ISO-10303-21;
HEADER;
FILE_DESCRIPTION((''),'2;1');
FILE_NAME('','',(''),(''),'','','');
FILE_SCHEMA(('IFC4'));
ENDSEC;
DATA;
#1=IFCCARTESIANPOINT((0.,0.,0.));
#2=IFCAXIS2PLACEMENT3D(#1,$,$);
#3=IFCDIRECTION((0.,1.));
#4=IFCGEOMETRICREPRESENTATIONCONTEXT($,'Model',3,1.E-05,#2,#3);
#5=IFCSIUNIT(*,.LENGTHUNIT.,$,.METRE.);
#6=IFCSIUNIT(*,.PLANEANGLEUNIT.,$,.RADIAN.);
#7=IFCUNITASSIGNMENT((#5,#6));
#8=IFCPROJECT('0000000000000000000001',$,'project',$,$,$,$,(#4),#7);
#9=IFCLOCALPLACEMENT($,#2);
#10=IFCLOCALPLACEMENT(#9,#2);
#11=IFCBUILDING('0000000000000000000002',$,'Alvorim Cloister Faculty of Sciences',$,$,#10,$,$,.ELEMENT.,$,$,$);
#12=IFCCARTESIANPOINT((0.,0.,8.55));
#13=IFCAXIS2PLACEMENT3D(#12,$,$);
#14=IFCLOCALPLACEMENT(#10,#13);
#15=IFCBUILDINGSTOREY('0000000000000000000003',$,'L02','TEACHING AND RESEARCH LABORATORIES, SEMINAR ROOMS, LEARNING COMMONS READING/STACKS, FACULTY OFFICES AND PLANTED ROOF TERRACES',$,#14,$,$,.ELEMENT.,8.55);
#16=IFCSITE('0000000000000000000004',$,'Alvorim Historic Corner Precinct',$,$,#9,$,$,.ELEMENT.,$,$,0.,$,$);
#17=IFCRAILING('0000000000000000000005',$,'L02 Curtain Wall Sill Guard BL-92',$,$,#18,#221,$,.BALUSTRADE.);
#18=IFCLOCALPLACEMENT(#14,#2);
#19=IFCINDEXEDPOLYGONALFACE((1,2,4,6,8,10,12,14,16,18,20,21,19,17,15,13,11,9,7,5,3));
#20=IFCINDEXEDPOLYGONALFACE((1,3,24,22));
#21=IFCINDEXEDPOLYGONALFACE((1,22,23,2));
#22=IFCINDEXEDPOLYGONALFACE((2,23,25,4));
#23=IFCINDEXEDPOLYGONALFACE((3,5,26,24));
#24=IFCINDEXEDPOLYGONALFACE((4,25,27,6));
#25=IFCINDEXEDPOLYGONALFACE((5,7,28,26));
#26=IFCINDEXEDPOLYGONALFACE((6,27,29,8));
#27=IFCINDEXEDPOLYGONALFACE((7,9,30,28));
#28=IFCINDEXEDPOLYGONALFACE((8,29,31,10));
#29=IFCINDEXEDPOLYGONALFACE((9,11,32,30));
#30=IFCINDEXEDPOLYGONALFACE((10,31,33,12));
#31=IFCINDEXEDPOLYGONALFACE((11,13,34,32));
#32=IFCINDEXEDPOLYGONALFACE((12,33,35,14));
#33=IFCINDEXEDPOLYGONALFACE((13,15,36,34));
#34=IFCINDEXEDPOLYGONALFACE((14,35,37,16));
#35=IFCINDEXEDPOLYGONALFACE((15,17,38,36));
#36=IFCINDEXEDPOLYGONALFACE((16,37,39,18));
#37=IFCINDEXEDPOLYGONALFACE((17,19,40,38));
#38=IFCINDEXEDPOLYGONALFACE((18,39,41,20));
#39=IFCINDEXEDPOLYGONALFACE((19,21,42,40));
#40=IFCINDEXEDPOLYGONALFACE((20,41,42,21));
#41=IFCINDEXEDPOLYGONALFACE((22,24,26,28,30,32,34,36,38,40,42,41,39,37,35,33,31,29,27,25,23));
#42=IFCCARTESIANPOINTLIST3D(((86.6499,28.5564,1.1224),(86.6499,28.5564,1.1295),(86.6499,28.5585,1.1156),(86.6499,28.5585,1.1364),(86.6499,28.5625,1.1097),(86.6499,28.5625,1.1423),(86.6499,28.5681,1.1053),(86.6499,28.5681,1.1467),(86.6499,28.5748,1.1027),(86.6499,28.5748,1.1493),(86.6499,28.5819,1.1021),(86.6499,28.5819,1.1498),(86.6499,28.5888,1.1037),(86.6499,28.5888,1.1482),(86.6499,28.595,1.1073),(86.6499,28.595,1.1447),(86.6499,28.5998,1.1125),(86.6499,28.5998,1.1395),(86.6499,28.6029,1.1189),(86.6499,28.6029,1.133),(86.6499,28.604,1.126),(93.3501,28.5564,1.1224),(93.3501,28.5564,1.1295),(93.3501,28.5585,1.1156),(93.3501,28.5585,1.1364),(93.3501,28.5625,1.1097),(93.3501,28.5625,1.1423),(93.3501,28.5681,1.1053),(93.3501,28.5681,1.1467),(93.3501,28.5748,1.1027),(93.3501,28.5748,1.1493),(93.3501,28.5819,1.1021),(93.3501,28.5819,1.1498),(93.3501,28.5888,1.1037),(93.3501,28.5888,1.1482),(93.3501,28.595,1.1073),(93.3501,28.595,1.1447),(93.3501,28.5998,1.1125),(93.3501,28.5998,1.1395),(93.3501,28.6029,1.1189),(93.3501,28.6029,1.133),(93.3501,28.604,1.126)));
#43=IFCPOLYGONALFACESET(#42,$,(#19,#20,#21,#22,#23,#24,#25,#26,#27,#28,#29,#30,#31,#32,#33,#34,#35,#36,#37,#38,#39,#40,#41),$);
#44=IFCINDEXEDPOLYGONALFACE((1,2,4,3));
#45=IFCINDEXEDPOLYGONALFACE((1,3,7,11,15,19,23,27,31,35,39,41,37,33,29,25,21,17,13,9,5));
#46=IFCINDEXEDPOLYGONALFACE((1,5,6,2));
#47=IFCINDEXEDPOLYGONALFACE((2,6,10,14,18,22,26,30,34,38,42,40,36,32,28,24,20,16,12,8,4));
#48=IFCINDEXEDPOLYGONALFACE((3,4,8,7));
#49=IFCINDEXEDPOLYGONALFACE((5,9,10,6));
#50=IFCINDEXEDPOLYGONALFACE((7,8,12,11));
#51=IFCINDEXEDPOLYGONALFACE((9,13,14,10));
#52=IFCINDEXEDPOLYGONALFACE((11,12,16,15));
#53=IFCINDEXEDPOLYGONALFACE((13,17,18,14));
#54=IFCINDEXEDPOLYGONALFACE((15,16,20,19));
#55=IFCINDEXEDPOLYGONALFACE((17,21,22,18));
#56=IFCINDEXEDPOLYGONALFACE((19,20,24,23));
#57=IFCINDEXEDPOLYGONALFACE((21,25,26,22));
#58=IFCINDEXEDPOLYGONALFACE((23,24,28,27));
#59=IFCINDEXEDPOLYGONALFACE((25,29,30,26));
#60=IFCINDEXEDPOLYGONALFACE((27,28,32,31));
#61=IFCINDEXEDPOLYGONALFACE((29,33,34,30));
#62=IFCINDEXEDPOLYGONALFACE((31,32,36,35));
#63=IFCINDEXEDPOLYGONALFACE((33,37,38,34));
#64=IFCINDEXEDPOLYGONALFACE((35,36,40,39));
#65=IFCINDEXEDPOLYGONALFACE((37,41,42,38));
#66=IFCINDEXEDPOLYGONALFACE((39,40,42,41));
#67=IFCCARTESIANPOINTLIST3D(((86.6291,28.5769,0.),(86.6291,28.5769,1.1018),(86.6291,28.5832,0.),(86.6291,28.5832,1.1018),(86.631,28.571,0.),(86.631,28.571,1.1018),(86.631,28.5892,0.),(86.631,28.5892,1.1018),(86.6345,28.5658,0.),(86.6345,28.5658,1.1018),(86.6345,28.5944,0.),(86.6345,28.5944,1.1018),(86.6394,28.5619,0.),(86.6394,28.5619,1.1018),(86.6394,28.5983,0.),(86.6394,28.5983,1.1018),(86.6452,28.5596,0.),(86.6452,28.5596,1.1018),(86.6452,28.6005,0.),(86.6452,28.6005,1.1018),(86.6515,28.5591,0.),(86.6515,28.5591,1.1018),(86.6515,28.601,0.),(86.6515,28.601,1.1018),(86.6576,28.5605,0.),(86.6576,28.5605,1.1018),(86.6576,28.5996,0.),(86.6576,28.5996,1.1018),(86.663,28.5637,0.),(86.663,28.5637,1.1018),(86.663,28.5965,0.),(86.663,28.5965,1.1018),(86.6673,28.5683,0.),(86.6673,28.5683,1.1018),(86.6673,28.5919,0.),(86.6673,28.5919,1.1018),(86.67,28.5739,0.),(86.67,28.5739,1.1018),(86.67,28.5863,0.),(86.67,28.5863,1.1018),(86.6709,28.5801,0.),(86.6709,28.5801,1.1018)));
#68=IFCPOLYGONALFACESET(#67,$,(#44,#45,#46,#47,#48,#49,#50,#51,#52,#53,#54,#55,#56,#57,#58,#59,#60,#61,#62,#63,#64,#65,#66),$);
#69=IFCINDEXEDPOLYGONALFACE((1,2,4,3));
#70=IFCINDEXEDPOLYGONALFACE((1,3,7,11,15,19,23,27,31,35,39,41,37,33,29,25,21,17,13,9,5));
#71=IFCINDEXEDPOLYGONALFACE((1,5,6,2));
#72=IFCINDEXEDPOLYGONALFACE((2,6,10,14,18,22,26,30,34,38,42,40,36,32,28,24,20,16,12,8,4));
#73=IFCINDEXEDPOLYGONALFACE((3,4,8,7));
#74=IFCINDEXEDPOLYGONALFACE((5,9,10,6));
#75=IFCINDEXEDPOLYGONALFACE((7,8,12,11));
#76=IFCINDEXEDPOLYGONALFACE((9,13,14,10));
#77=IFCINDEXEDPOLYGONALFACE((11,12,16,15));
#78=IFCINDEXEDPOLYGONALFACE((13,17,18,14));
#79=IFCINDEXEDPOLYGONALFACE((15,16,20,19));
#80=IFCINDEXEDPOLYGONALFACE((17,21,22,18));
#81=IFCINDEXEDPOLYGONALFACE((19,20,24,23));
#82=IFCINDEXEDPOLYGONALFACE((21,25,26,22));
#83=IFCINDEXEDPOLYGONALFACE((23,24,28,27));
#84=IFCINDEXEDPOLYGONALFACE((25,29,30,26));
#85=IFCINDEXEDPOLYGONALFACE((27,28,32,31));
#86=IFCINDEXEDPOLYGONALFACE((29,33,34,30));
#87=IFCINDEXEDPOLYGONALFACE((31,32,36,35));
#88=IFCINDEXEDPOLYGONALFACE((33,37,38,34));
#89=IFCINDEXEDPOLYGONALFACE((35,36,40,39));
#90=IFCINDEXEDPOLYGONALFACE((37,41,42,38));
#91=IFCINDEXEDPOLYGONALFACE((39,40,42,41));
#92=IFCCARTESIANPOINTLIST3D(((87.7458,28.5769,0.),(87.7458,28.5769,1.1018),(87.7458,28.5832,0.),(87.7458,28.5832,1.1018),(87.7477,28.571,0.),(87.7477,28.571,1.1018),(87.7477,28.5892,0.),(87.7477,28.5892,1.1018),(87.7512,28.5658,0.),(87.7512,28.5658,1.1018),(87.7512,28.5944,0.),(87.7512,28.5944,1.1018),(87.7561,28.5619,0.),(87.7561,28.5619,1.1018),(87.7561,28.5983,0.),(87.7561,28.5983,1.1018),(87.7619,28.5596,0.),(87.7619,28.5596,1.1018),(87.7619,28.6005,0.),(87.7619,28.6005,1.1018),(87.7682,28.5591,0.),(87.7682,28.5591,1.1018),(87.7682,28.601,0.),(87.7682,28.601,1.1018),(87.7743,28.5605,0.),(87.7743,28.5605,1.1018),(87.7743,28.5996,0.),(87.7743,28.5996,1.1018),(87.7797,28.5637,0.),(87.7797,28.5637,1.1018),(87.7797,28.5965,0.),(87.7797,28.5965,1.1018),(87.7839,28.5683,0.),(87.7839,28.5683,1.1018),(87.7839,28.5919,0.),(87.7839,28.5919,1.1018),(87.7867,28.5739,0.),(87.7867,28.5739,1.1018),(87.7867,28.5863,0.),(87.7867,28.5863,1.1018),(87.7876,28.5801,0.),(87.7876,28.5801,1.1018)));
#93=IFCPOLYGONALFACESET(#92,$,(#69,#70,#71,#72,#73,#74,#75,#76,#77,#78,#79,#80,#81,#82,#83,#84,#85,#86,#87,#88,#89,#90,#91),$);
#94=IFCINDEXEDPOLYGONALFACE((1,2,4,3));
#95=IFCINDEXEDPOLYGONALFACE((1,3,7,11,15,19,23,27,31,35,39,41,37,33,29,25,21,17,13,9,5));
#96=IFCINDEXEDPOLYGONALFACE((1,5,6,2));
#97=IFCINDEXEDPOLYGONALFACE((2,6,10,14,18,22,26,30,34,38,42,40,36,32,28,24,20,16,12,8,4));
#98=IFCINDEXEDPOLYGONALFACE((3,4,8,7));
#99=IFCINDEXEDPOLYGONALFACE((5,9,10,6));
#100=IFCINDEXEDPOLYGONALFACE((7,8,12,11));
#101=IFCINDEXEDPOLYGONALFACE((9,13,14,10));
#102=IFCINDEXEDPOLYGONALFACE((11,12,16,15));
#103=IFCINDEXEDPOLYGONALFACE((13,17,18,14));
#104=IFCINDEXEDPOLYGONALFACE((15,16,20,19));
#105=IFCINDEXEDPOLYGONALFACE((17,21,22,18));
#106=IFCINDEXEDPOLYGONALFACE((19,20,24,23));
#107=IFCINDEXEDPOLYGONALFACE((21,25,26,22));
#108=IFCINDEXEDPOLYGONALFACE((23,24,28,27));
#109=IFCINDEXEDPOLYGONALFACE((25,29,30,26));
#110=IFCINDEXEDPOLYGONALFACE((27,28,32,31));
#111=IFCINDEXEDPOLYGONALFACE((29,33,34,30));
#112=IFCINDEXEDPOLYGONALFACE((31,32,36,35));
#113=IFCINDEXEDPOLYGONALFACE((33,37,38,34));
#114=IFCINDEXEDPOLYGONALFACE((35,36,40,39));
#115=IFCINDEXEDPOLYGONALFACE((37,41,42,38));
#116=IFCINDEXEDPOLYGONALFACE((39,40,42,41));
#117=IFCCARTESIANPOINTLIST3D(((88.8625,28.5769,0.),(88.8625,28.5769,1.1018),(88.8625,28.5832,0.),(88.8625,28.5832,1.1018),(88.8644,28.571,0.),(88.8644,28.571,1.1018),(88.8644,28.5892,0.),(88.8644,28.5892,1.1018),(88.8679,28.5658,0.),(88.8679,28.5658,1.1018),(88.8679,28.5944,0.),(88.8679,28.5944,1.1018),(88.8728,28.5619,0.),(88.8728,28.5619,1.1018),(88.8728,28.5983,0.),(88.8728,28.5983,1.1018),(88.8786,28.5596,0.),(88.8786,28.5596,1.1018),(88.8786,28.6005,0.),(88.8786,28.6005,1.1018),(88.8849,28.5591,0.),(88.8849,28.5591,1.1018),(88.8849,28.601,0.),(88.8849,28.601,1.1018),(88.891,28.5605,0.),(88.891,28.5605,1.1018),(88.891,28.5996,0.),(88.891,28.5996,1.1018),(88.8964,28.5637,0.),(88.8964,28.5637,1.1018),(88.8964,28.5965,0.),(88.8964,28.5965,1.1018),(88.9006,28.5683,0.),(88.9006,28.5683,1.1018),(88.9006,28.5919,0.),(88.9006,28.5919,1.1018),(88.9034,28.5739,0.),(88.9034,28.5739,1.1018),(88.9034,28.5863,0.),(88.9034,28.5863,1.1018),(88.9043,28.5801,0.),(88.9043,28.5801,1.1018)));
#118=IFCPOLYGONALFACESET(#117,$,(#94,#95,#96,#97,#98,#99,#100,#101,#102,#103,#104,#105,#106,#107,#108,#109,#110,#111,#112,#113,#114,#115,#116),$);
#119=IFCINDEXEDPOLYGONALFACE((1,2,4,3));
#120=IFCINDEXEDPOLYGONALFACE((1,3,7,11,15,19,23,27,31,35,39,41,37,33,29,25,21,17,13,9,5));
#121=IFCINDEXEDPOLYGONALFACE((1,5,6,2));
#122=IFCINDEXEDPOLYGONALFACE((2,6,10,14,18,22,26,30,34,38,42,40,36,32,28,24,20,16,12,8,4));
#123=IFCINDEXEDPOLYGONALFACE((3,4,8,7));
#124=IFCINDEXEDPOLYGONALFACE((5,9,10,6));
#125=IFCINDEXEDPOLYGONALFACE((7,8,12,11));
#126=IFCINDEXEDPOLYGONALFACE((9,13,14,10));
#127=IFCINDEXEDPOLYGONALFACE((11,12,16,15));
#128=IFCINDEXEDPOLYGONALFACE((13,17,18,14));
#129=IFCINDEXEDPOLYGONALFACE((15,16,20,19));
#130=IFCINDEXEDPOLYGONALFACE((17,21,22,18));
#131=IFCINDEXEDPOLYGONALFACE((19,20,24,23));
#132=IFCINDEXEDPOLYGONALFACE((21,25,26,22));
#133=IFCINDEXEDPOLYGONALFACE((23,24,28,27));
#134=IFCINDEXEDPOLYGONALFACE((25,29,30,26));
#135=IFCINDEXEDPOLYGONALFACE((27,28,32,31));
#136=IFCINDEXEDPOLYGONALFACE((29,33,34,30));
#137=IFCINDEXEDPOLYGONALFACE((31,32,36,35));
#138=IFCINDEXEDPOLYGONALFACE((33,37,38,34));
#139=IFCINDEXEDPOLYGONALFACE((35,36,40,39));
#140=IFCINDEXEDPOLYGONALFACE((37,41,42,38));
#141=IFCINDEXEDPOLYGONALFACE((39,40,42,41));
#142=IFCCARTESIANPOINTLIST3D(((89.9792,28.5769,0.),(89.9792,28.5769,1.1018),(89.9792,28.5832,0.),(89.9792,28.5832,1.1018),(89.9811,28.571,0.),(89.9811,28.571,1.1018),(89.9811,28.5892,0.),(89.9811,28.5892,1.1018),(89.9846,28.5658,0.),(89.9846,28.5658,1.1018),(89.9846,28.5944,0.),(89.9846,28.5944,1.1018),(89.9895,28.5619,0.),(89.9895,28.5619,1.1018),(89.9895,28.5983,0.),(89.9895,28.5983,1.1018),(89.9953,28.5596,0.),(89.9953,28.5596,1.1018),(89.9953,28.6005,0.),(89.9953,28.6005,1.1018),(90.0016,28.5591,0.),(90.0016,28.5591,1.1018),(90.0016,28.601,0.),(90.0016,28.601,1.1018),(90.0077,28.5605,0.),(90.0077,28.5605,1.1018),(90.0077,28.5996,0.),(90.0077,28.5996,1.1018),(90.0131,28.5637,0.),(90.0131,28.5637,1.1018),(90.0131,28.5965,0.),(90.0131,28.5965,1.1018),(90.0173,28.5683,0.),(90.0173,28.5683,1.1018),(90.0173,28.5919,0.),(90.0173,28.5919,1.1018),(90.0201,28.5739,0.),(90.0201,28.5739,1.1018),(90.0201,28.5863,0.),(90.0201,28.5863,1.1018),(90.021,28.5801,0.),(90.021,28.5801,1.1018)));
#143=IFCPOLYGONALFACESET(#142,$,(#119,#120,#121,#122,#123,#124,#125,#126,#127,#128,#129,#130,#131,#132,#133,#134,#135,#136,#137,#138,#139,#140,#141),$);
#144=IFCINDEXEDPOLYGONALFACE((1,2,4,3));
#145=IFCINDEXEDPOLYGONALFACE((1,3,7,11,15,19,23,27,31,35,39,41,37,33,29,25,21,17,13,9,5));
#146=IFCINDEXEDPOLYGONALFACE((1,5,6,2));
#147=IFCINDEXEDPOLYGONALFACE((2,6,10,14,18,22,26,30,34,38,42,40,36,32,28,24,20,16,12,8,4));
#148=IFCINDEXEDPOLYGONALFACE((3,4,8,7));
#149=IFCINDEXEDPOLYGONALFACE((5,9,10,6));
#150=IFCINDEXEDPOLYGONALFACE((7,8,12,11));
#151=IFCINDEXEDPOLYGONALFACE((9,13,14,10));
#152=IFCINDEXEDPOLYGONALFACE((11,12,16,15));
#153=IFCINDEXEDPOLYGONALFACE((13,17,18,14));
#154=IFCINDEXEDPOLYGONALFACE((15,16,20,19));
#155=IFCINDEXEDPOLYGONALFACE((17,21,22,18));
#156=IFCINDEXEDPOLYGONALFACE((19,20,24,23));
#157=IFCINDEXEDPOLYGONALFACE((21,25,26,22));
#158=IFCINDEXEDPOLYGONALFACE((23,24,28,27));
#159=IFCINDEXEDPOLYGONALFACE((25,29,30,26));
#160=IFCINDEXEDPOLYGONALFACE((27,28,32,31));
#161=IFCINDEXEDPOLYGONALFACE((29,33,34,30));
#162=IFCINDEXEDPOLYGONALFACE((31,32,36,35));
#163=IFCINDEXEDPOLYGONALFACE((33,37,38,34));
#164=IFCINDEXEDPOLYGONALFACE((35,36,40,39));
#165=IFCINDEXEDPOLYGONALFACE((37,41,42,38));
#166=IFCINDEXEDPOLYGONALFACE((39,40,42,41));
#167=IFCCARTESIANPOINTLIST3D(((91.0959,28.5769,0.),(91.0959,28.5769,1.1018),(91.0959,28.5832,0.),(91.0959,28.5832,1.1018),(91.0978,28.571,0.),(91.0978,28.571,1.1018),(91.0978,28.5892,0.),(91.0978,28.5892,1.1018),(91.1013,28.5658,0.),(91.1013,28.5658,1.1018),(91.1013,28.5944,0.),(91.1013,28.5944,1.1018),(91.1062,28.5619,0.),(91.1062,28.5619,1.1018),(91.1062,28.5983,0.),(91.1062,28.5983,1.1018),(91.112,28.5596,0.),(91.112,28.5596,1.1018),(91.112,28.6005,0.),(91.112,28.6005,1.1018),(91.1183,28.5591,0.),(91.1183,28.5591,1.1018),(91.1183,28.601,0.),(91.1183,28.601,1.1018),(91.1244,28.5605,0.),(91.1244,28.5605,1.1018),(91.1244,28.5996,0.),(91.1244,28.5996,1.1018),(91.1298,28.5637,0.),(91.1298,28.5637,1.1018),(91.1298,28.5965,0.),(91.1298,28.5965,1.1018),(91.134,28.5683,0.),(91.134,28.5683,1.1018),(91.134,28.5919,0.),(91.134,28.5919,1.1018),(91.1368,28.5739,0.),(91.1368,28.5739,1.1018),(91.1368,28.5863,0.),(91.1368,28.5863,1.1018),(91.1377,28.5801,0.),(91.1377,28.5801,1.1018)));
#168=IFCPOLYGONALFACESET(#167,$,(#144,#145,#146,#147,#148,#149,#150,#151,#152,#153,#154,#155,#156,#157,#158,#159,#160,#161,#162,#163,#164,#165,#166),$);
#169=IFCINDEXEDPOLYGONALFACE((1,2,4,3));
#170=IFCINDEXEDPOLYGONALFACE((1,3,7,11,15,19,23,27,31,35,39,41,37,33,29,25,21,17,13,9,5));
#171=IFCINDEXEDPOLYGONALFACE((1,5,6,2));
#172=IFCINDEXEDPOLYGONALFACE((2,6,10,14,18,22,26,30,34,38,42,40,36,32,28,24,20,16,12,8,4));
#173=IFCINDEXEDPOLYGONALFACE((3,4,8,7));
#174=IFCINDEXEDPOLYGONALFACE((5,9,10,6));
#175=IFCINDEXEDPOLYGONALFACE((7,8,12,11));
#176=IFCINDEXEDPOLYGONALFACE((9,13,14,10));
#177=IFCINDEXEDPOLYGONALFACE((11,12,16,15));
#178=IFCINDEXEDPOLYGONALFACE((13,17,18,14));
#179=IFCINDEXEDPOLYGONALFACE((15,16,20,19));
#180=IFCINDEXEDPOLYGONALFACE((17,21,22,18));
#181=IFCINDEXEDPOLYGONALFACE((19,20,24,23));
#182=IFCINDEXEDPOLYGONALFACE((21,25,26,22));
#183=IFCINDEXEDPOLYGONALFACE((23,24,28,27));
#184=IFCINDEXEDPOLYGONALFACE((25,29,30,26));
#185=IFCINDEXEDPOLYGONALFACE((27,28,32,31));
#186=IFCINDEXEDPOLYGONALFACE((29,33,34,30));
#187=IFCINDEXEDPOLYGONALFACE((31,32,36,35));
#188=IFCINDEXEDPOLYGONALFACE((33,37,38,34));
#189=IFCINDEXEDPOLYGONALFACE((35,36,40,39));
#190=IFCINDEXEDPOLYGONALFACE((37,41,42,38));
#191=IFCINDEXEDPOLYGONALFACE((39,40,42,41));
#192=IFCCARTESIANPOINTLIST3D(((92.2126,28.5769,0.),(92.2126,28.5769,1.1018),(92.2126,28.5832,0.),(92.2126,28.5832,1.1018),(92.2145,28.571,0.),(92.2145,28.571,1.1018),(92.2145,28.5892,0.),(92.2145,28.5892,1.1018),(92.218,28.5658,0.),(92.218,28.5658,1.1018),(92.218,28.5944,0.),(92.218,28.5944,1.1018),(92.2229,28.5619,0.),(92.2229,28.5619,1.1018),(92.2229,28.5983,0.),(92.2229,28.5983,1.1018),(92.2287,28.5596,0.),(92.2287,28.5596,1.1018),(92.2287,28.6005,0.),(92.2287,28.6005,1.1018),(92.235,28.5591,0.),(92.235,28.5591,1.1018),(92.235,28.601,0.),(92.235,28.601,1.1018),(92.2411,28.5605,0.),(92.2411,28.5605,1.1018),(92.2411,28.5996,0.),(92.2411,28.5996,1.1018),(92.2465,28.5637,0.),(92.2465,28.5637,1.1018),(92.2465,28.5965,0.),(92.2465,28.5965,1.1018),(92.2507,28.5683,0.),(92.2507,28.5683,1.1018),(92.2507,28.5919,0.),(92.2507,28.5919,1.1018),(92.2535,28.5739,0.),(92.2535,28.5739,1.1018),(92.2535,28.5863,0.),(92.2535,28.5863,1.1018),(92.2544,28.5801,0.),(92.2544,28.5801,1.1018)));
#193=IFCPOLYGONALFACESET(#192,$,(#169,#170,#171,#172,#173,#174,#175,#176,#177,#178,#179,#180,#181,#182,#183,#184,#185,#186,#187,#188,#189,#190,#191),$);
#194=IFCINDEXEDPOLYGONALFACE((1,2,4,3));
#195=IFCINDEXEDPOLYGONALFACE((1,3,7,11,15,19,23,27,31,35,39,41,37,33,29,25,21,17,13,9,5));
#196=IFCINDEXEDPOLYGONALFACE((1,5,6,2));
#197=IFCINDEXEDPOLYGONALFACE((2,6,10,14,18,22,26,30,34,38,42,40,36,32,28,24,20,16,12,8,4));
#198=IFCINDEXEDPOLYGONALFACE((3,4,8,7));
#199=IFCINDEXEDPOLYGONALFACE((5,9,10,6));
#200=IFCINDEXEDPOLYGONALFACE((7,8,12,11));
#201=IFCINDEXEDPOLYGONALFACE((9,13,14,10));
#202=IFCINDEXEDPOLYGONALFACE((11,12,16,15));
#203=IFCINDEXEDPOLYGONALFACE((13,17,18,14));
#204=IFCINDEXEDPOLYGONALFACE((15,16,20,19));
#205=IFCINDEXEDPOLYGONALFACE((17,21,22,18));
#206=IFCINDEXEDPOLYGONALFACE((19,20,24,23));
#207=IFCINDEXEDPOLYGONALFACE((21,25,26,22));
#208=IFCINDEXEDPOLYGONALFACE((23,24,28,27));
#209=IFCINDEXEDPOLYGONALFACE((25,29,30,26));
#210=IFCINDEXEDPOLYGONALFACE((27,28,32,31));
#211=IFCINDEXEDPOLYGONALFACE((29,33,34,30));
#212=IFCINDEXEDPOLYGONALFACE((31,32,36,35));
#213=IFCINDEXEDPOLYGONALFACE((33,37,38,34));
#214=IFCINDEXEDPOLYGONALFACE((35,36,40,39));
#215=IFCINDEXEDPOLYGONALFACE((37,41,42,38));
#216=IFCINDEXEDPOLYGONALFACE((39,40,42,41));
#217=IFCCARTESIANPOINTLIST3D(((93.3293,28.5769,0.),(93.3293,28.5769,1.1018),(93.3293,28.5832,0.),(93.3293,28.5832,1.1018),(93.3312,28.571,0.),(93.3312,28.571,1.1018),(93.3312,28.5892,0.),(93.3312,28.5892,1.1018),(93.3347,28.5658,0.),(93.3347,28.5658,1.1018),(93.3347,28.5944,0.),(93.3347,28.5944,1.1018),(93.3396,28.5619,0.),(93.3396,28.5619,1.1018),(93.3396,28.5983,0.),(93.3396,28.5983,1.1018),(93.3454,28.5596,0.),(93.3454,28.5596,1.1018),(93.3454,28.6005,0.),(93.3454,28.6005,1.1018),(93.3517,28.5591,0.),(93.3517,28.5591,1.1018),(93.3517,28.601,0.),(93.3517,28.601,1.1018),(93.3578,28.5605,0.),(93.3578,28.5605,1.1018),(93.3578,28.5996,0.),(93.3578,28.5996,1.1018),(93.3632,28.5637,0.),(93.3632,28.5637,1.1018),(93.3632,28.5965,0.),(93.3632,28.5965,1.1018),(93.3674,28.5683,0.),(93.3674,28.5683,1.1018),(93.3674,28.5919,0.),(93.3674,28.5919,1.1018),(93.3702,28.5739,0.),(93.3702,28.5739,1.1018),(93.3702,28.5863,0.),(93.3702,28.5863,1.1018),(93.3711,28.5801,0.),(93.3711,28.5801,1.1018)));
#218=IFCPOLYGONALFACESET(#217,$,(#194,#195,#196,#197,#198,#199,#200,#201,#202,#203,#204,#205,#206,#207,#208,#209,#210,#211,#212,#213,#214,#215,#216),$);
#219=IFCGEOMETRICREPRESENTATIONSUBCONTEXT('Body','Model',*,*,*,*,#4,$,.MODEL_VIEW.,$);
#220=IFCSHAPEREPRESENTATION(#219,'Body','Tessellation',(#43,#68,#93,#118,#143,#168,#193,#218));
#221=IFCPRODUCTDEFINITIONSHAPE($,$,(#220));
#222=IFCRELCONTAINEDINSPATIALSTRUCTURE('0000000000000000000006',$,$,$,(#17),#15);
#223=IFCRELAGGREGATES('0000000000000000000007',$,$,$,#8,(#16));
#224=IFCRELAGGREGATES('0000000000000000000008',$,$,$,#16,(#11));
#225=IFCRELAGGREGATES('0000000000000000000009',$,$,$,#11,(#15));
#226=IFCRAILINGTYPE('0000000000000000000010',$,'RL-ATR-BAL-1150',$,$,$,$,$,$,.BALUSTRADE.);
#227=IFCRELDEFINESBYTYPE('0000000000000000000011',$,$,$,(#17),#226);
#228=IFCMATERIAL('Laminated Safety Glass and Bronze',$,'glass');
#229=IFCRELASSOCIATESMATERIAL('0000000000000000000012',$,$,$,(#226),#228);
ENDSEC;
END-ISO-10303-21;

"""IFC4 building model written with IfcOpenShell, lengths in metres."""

from ifc_helpers import new_model, si_unit, direction, frame, origin, origin_2d, place, context, subcontext, project, spatial, circle, extrude, material, type_object, element, save


model = new_model("IFC4")

# Units and contexts
model_context = context("Model", 3, precision=1e-05, world=origin(), true_north=direction((0.0, 1.0)))
body_context = subcontext(model_context, "Body", "Model", "MODEL_VIEW")
ifc_project = project(units=[si_unit("LENGTHUNIT", "METRE"), si_unit("PLANEANGLEUNIT", "RADIAN")], contexts=[model_context])

# Site, building, storey
site_placement = place(None, origin())
site = spatial("IfcSite", under=ifc_project, at=site_placement, Name="Alvorim Historic Corner Precinct", CompositionType="ELEMENT", RefElevation=0.0)
building_placement = place(site_placement, origin())
building = spatial("IfcBuilding", under=site, at=building_placement, Name="Alvorim Cloister Faculty of Sciences", CompositionType="ELEMENT")
storey_placement = place(building_placement, frame((0.0, 0.0, 8.55)))
storey = spatial("IfcBuildingStorey", under=building, at=storey_placement, Name="L02", Description="TEACHING AND RESEARCH LABORATORIES, SEMINAR ROOMS, LEARNING COMMONS READING/STACKS, FACULTY OFFICES AND PLANTED ROOF TERRACES", CompositionType="ELEMENT", Elevation=8.55)

# Railing
ifc_material_1 = material(Name="Laminated Safety Glass and Bronze", Category="glass")
railing_type = type_object("IfcRailingType", Name="RL-ATR-BAL-1150", PredefinedType="BALUSTRADE", material=ifc_material_1)
railing_placement = place(storey_placement, frame((86.6499, 28.5801, 0.0)))
element("IfcRailing", 1, at=railing_placement, inside=storey, type_object=railing_type, Name="L02 Curtain Wall Sill Guard BL-92", PredefinedType="BALUSTRADE", context=body_context, shape_type="SweptSolid", body=[
    extrude(circle(Radius=0.0239, at=origin_2d()), frame((0.0, 0.0, 1.126), z_axis=(1.0, 0.0, 0.0), x_axis=(0.0, 1.0, 0.0)), (0.0, 0.0, 1.0), 6.7002),
    extrude(circle(Radius=0.021, at=origin_2d()), origin(), (0.0, 0.0, 1.0), 1.1018),
    extrude(circle(Radius=0.021, at=origin_2d()), frame((1.1167, 0.0, 0.0)), (0.0, 0.0, 1.0), 1.1018),
    extrude(circle(Radius=0.021, at=origin_2d()), frame((2.2334, 0.0, 0.0)), (0.0, 0.0, 1.0), 1.1018),
    extrude(circle(Radius=0.021, at=origin_2d()), frame((3.3501, 0.0, 0.0)), (0.0, 0.0, 1.0), 1.1018),
    extrude(circle(Radius=0.021, at=origin_2d()), frame((4.4668, 0.0, 0.0)), (0.0, 0.0, 1.0), 1.1018),
    extrude(circle(Radius=0.021, at=origin_2d()), frame((5.5835, 0.0, 0.0)), (0.0, 0.0, 1.0), 1.1018),
    extrude(circle(Radius=0.021, at=origin_2d()), frame((6.7002, 0.0, 0.0)), (0.0, 0.0, 1.0), 1.1018),
])

save(model, "model.ifc")
